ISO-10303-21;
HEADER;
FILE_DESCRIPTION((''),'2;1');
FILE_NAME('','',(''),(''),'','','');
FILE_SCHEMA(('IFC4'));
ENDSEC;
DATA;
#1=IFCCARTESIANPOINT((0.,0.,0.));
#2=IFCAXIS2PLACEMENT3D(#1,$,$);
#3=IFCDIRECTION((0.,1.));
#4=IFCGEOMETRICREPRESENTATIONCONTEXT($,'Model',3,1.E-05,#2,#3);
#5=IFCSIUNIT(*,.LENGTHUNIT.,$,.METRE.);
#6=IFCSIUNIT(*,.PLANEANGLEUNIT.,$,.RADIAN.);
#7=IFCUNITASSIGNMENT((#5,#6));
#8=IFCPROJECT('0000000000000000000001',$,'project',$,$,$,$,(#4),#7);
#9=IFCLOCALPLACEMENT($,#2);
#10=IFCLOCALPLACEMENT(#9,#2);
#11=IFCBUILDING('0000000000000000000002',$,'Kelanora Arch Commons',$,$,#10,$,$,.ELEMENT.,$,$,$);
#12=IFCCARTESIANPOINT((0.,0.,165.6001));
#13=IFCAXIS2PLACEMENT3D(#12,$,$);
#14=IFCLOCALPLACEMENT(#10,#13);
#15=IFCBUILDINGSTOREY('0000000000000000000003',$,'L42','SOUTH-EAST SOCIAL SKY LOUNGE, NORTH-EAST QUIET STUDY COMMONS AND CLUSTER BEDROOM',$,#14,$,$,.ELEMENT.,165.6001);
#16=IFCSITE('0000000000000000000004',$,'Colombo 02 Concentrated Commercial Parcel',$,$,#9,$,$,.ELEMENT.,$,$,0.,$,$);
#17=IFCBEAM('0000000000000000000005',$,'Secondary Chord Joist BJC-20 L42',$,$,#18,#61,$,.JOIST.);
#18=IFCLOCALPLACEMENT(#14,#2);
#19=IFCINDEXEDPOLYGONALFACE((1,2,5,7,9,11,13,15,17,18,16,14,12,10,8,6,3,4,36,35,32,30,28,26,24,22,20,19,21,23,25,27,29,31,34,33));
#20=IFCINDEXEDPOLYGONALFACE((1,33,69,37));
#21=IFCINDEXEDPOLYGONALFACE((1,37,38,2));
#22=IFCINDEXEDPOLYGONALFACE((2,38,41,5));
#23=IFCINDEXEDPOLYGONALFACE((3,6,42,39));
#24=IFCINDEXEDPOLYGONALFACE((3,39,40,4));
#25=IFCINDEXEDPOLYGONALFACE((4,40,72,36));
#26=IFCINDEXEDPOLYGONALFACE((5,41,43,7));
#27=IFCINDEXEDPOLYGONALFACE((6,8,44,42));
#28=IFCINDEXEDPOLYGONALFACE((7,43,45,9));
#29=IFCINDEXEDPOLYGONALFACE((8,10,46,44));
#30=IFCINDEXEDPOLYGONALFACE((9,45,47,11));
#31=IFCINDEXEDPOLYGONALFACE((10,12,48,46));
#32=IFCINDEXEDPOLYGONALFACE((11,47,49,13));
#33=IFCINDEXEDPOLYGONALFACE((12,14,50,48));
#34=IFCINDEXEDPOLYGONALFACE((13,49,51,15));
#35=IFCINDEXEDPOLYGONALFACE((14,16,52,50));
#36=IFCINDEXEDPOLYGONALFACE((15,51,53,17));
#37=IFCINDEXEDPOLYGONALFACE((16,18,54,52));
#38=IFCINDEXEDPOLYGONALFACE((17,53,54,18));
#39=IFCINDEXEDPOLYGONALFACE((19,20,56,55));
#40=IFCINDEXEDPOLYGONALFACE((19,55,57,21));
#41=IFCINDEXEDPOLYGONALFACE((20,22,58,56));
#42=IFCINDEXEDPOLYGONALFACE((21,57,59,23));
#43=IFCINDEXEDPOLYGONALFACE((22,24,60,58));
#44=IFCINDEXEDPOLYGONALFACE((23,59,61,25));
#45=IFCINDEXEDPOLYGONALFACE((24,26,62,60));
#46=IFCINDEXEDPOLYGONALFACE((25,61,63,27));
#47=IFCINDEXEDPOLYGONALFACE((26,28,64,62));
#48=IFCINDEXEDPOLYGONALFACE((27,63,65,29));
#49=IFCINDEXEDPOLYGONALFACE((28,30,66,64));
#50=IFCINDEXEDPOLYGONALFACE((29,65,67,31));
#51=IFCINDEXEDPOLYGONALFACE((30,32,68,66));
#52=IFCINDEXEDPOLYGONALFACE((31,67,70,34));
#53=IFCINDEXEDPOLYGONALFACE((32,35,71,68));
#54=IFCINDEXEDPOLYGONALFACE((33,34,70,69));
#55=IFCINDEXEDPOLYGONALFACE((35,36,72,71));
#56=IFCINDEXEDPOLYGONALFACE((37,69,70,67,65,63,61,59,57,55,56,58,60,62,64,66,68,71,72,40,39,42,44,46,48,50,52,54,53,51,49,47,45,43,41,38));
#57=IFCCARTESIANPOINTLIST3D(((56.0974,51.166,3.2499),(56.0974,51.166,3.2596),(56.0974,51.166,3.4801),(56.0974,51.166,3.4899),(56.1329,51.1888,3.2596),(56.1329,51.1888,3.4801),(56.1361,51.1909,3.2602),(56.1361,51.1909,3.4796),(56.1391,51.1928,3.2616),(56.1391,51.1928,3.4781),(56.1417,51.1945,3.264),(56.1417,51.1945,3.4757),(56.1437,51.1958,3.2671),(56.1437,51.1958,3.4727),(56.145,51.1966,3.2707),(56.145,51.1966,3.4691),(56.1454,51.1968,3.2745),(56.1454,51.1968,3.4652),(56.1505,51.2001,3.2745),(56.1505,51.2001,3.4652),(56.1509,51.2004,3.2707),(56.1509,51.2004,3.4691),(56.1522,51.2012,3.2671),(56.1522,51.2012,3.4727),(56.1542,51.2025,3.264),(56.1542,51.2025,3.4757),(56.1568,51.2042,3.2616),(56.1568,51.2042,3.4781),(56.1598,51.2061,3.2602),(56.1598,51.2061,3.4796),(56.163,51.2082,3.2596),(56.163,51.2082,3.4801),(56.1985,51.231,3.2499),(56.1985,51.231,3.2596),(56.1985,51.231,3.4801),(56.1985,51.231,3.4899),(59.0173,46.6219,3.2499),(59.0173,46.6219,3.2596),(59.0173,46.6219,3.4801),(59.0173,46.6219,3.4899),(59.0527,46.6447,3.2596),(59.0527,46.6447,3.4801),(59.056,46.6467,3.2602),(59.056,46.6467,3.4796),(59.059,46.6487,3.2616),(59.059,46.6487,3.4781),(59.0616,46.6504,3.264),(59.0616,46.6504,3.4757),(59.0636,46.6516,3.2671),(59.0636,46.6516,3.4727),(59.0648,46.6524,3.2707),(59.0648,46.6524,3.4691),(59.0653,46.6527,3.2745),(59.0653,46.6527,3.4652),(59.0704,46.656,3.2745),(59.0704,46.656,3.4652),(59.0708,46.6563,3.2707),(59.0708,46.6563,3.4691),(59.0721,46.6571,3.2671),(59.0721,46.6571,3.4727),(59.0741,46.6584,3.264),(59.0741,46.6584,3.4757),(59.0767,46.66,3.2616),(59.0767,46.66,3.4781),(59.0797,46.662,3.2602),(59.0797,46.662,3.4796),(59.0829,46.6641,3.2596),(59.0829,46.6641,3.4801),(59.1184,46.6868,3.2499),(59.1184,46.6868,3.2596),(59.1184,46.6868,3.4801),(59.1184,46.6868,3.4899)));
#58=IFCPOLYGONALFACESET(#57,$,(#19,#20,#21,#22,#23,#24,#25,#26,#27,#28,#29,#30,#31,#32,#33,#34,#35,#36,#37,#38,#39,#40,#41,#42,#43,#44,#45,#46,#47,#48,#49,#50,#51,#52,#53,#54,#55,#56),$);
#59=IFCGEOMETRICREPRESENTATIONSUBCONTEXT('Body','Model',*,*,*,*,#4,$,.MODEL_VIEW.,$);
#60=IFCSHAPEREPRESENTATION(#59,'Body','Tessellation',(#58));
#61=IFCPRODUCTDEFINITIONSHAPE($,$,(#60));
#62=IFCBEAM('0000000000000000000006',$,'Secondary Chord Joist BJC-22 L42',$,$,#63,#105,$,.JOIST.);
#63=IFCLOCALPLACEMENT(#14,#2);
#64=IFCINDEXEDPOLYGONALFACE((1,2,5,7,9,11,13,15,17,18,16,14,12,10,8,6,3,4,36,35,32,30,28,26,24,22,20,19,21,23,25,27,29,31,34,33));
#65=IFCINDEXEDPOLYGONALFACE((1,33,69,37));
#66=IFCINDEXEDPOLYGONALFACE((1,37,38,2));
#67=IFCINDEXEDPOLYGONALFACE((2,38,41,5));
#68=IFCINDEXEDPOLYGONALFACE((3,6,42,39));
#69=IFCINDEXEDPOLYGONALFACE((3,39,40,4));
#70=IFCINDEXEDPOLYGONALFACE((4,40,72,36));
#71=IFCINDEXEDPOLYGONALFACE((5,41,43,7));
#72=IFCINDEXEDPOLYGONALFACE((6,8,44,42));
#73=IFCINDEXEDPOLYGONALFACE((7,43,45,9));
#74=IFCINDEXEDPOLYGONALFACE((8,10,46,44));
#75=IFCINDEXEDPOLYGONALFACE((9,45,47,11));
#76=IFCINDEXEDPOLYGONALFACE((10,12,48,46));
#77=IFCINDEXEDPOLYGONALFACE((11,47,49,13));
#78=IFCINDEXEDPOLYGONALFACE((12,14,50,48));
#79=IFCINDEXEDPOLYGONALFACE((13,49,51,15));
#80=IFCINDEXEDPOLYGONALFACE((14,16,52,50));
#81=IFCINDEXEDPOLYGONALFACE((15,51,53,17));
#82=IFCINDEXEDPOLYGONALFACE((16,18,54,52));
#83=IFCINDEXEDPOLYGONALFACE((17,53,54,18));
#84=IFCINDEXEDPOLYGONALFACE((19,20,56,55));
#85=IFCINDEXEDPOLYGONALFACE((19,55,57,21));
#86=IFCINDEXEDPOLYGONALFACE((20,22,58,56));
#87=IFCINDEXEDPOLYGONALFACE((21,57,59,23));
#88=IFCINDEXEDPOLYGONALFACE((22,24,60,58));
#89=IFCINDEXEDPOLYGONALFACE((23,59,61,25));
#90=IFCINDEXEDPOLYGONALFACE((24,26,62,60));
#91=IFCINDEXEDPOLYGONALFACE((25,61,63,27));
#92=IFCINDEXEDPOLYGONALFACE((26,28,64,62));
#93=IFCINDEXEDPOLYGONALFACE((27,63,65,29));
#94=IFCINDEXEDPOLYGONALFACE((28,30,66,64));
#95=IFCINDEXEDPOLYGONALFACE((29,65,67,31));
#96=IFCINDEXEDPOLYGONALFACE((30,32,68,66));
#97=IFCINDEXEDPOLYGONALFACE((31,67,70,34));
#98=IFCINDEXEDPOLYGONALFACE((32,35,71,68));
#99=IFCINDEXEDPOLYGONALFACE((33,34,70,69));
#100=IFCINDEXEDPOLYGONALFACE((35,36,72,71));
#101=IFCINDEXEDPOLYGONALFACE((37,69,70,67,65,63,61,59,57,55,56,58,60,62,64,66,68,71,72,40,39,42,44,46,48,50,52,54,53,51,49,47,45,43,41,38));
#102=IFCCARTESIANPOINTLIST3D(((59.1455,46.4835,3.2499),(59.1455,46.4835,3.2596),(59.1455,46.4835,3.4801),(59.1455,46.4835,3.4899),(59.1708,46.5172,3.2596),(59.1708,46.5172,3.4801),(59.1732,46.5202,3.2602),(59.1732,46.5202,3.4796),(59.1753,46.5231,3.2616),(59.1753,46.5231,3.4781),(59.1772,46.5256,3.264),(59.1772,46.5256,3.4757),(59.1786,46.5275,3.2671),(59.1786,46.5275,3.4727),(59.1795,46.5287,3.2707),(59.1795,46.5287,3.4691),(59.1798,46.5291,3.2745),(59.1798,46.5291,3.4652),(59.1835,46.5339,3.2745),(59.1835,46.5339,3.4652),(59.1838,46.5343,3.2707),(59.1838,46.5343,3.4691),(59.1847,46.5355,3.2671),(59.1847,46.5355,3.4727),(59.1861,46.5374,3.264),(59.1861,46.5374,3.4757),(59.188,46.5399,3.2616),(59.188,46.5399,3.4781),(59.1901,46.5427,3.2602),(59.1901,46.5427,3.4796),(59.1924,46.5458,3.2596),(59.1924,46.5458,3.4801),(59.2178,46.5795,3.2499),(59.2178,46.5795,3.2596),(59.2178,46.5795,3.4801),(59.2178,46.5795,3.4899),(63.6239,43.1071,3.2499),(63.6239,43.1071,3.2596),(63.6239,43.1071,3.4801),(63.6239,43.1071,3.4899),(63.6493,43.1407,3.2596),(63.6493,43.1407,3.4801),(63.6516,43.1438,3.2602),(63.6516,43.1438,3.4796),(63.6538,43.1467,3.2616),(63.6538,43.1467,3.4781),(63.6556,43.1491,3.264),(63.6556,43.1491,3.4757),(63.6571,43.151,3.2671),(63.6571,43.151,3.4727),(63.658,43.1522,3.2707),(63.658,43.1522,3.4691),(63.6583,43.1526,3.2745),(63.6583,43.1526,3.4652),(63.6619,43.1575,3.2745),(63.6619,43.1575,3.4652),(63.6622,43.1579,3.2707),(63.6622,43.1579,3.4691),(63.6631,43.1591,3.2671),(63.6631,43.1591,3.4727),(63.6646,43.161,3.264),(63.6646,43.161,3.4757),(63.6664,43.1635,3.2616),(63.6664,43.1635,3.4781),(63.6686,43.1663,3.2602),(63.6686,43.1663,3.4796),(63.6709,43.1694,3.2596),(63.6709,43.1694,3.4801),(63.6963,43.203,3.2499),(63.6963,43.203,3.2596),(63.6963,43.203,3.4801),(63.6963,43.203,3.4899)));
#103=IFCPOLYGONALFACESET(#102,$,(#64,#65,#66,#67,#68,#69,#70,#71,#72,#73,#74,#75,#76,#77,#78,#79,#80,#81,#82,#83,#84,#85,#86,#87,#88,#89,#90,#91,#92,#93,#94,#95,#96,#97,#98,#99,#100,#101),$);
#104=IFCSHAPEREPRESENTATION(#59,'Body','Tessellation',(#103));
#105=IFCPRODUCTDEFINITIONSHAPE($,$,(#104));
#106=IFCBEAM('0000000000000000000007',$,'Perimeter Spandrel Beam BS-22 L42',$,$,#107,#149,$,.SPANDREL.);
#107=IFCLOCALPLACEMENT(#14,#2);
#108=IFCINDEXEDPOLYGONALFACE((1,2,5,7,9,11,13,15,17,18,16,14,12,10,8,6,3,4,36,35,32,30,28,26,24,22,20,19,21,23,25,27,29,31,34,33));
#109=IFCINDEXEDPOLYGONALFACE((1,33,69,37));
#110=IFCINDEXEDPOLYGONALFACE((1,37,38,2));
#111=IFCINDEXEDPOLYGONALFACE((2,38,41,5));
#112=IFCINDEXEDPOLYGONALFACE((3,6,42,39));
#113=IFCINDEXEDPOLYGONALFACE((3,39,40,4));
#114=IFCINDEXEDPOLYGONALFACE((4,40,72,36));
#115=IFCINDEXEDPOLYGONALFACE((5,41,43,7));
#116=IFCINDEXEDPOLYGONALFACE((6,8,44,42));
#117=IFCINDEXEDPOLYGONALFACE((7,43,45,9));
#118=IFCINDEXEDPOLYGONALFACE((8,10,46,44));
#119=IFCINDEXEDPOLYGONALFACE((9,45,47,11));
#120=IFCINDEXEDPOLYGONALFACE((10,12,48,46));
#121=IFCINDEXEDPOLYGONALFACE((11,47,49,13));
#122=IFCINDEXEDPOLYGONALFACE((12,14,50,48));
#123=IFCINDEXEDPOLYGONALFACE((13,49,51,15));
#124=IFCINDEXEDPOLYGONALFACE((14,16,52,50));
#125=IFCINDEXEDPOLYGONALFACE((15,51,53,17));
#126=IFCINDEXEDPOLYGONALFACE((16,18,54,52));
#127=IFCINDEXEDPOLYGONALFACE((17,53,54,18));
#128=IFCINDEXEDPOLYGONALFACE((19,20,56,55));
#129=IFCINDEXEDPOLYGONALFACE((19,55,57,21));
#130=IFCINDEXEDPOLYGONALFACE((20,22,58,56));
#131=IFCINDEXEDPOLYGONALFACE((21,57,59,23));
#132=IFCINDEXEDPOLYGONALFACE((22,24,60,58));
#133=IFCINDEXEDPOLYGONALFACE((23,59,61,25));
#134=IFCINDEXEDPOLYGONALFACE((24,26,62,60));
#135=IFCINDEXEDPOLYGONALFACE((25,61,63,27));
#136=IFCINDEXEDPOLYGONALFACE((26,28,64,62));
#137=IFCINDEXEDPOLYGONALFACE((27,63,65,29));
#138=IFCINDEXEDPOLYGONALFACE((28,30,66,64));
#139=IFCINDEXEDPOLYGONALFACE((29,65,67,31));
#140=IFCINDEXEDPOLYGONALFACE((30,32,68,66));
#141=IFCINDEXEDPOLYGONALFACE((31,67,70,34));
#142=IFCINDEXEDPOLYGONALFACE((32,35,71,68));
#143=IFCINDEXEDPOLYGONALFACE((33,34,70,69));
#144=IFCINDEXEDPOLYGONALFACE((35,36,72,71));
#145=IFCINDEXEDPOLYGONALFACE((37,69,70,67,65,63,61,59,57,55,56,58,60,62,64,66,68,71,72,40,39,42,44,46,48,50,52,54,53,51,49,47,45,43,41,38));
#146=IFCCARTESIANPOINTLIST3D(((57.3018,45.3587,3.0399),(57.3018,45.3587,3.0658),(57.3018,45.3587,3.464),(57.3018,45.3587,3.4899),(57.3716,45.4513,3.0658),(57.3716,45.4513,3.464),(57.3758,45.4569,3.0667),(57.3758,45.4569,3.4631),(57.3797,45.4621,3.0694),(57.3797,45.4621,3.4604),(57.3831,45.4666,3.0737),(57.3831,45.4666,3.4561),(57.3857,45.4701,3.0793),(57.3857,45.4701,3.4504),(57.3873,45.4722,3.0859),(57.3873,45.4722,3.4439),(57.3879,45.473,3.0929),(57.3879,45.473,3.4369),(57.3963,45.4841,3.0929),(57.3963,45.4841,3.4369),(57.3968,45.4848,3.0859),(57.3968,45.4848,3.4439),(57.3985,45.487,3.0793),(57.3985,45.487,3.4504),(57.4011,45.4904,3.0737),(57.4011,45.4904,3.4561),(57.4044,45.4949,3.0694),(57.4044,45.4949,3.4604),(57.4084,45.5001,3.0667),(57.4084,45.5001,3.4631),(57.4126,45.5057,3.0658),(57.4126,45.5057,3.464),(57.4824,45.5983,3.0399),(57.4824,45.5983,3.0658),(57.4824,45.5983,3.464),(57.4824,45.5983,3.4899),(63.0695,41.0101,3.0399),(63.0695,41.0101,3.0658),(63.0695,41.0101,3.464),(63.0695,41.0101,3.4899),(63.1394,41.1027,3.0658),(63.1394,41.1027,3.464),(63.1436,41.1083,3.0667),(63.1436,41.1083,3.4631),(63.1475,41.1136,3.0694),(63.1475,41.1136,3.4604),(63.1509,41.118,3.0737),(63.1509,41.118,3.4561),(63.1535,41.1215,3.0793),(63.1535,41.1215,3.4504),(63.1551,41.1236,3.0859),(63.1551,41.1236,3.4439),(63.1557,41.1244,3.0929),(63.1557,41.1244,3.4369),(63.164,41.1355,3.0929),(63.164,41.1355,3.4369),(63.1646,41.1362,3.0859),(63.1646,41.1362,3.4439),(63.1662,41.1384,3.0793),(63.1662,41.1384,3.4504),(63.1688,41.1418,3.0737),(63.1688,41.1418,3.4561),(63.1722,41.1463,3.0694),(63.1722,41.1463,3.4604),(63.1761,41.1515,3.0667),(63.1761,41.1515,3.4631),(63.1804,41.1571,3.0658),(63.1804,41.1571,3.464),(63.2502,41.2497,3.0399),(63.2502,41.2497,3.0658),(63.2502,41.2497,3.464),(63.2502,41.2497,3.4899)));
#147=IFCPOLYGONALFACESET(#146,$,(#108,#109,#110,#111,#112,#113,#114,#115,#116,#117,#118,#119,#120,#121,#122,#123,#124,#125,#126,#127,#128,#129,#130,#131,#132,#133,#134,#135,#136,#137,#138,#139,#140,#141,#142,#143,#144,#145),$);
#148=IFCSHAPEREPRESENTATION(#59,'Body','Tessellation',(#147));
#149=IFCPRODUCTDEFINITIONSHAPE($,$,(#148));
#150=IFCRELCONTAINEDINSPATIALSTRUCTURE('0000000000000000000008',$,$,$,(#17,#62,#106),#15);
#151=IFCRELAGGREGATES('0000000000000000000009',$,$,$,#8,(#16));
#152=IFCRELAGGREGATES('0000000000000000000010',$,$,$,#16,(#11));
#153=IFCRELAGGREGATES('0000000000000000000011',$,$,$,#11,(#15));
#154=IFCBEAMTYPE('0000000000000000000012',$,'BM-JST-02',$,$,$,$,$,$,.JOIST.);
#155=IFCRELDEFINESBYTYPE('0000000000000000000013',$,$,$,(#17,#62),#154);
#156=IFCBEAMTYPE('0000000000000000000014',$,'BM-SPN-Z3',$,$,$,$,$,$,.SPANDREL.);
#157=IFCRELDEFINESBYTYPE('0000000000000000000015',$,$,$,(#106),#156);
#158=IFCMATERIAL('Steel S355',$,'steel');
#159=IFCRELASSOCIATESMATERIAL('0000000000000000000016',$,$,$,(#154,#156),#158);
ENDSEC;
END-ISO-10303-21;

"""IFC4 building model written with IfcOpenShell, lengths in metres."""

from ifc_helpers import new_model, si_unit, direction, frame, origin, origin_2d, place, context, subcontext, project, spatial, i_section, extrude, material, material_profile, profile_set, type_object, element, save


model = new_model("IFC4")

# Units and contexts
model_context = context("Model", 3, precision=1e-05, world=origin(), true_north=direction((0.0, 1.0)))
body_context = subcontext(model_context, "Body", "Model", "MODEL_VIEW")
ifc_project = project(units=[si_unit("LENGTHUNIT", "METRE"), si_unit("PLANEANGLEUNIT", "RADIAN")], contexts=[model_context])

# Site, building, storey
site_placement = place(None, origin())
site = spatial("IfcSite", under=ifc_project, at=site_placement, Name="Colombo 02 Concentrated Commercial Parcel", CompositionType="ELEMENT", RefElevation=0.0)
building_placement = place(site_placement, origin())
building = spatial("IfcBuilding", under=site, at=building_placement, Name="Kelanora Arch Commons", CompositionType="ELEMENT")
storey_placement = place(building_placement, frame((0.0, 0.0, 165.6001)))
storey = spatial("IfcBuildingStorey", under=building, at=storey_placement, Name="L42", Description="SOUTH-EAST SOCIAL SKY LOUNGE, NORTH-EAST QUIET STUDY COMMONS AND CLUSTER BEDROOM", CompositionType="ELEMENT", Elevation=165.6001)

# Beams
ifc_material_1 = material(Name="Steel S355", Category="steel")
ifc_material_profile_1 = material_profile(ifc_material_1, i_section(OverallWidth=0.1201, OverallDepth=0.24, WebThickness=0.0061, FlangeThickness=0.0098, FilletRadius=0.0149, at=origin_2d()), Name="IPE240")
ifc_profile_set_1 = profile_set([ifc_material_profile_1], Name="Steel S355")
beam_type_1 = type_object("IfcBeamType", Name="BM-JST-02", PredefinedType="JOIST", material=ifc_profile_set_1)
beam_1_placement = place(storey_placement, frame((56.1479, 51.1985, 3.3699), z_axis=(0.540582, -0.841292, 0.0), x_axis=(0.841292, 0.540582, 0.0)))
element("IfcBeam", 1, at=beam_1_placement, inside=storey, type_object=beam_type_1, Name="Secondary Chord Joist BJC-20 L42", PredefinedType="JOIST", context=body_context, shape_type="SweptSolid", body=[
    extrude(i_section(OverallWidth=0.1201, OverallDepth=0.24, WebThickness=0.0061, FlangeThickness=0.0098, FilletRadius=0.0149, at=origin_2d()), origin(), (0.0, 0.0, 1.0), 5.4014),
])
beam_2_placement = place(storey_placement, frame((59.1816, 46.5315, 3.3699), z_axis=(0.798493, -0.602004, 0.0), x_axis=(0.602004, 0.798493, 0.0)))
element("IfcBeam", 2, at=beam_2_placement, inside=storey, type_object=beam_type_1, Name="Secondary Chord Joist BJC-22 L42", PredefinedType="JOIST", context=body_context, shape_type="SweptSolid", body=[
    extrude(i_section(OverallWidth=0.1201, OverallDepth=0.24, WebThickness=0.0061, FlangeThickness=0.0098, FilletRadius=0.0149, at=origin_2d()), origin(), (0.0, 0.0, 1.0), 5.6086),
])
ifc_material_profile_2 = material_profile(ifc_material_1, i_section(OverallWidth=0.3, OverallDepth=0.45, WebThickness=0.0139, FlangeThickness=0.0259, FilletRadius=0.0271, at=origin_2d()), Name="HEB450")
ifc_profile_set_2 = profile_set([ifc_material_profile_2], Name="Steel S355")
beam_type_2 = type_object("IfcBeamType", Name="BM-SPN-Z3", PredefinedType="SPANDREL", material=ifc_profile_set_2)
beam_3_placement = place(storey_placement, frame((57.3921, 45.4785, 3.2649), z_axis=(0.798485, -0.602015, 0.0), x_axis=(0.602015, 0.798485, 0.0)))
element("IfcBeam", 3, at=beam_3_placement, inside=storey, type_object=beam_type_2, Name="Perimeter Spandrel Beam BS-22 L42", PredefinedType="SPANDREL", context=body_context, shape_type="SweptSolid", body=[
    extrude(i_section(OverallWidth=0.3, OverallDepth=0.45, WebThickness=0.0139, FlangeThickness=0.0259, FilletRadius=0.0271, at=origin_2d()), origin(), (0.0, 0.0, 1.0), 7.2234),
])

save(model, "model.ifc")
